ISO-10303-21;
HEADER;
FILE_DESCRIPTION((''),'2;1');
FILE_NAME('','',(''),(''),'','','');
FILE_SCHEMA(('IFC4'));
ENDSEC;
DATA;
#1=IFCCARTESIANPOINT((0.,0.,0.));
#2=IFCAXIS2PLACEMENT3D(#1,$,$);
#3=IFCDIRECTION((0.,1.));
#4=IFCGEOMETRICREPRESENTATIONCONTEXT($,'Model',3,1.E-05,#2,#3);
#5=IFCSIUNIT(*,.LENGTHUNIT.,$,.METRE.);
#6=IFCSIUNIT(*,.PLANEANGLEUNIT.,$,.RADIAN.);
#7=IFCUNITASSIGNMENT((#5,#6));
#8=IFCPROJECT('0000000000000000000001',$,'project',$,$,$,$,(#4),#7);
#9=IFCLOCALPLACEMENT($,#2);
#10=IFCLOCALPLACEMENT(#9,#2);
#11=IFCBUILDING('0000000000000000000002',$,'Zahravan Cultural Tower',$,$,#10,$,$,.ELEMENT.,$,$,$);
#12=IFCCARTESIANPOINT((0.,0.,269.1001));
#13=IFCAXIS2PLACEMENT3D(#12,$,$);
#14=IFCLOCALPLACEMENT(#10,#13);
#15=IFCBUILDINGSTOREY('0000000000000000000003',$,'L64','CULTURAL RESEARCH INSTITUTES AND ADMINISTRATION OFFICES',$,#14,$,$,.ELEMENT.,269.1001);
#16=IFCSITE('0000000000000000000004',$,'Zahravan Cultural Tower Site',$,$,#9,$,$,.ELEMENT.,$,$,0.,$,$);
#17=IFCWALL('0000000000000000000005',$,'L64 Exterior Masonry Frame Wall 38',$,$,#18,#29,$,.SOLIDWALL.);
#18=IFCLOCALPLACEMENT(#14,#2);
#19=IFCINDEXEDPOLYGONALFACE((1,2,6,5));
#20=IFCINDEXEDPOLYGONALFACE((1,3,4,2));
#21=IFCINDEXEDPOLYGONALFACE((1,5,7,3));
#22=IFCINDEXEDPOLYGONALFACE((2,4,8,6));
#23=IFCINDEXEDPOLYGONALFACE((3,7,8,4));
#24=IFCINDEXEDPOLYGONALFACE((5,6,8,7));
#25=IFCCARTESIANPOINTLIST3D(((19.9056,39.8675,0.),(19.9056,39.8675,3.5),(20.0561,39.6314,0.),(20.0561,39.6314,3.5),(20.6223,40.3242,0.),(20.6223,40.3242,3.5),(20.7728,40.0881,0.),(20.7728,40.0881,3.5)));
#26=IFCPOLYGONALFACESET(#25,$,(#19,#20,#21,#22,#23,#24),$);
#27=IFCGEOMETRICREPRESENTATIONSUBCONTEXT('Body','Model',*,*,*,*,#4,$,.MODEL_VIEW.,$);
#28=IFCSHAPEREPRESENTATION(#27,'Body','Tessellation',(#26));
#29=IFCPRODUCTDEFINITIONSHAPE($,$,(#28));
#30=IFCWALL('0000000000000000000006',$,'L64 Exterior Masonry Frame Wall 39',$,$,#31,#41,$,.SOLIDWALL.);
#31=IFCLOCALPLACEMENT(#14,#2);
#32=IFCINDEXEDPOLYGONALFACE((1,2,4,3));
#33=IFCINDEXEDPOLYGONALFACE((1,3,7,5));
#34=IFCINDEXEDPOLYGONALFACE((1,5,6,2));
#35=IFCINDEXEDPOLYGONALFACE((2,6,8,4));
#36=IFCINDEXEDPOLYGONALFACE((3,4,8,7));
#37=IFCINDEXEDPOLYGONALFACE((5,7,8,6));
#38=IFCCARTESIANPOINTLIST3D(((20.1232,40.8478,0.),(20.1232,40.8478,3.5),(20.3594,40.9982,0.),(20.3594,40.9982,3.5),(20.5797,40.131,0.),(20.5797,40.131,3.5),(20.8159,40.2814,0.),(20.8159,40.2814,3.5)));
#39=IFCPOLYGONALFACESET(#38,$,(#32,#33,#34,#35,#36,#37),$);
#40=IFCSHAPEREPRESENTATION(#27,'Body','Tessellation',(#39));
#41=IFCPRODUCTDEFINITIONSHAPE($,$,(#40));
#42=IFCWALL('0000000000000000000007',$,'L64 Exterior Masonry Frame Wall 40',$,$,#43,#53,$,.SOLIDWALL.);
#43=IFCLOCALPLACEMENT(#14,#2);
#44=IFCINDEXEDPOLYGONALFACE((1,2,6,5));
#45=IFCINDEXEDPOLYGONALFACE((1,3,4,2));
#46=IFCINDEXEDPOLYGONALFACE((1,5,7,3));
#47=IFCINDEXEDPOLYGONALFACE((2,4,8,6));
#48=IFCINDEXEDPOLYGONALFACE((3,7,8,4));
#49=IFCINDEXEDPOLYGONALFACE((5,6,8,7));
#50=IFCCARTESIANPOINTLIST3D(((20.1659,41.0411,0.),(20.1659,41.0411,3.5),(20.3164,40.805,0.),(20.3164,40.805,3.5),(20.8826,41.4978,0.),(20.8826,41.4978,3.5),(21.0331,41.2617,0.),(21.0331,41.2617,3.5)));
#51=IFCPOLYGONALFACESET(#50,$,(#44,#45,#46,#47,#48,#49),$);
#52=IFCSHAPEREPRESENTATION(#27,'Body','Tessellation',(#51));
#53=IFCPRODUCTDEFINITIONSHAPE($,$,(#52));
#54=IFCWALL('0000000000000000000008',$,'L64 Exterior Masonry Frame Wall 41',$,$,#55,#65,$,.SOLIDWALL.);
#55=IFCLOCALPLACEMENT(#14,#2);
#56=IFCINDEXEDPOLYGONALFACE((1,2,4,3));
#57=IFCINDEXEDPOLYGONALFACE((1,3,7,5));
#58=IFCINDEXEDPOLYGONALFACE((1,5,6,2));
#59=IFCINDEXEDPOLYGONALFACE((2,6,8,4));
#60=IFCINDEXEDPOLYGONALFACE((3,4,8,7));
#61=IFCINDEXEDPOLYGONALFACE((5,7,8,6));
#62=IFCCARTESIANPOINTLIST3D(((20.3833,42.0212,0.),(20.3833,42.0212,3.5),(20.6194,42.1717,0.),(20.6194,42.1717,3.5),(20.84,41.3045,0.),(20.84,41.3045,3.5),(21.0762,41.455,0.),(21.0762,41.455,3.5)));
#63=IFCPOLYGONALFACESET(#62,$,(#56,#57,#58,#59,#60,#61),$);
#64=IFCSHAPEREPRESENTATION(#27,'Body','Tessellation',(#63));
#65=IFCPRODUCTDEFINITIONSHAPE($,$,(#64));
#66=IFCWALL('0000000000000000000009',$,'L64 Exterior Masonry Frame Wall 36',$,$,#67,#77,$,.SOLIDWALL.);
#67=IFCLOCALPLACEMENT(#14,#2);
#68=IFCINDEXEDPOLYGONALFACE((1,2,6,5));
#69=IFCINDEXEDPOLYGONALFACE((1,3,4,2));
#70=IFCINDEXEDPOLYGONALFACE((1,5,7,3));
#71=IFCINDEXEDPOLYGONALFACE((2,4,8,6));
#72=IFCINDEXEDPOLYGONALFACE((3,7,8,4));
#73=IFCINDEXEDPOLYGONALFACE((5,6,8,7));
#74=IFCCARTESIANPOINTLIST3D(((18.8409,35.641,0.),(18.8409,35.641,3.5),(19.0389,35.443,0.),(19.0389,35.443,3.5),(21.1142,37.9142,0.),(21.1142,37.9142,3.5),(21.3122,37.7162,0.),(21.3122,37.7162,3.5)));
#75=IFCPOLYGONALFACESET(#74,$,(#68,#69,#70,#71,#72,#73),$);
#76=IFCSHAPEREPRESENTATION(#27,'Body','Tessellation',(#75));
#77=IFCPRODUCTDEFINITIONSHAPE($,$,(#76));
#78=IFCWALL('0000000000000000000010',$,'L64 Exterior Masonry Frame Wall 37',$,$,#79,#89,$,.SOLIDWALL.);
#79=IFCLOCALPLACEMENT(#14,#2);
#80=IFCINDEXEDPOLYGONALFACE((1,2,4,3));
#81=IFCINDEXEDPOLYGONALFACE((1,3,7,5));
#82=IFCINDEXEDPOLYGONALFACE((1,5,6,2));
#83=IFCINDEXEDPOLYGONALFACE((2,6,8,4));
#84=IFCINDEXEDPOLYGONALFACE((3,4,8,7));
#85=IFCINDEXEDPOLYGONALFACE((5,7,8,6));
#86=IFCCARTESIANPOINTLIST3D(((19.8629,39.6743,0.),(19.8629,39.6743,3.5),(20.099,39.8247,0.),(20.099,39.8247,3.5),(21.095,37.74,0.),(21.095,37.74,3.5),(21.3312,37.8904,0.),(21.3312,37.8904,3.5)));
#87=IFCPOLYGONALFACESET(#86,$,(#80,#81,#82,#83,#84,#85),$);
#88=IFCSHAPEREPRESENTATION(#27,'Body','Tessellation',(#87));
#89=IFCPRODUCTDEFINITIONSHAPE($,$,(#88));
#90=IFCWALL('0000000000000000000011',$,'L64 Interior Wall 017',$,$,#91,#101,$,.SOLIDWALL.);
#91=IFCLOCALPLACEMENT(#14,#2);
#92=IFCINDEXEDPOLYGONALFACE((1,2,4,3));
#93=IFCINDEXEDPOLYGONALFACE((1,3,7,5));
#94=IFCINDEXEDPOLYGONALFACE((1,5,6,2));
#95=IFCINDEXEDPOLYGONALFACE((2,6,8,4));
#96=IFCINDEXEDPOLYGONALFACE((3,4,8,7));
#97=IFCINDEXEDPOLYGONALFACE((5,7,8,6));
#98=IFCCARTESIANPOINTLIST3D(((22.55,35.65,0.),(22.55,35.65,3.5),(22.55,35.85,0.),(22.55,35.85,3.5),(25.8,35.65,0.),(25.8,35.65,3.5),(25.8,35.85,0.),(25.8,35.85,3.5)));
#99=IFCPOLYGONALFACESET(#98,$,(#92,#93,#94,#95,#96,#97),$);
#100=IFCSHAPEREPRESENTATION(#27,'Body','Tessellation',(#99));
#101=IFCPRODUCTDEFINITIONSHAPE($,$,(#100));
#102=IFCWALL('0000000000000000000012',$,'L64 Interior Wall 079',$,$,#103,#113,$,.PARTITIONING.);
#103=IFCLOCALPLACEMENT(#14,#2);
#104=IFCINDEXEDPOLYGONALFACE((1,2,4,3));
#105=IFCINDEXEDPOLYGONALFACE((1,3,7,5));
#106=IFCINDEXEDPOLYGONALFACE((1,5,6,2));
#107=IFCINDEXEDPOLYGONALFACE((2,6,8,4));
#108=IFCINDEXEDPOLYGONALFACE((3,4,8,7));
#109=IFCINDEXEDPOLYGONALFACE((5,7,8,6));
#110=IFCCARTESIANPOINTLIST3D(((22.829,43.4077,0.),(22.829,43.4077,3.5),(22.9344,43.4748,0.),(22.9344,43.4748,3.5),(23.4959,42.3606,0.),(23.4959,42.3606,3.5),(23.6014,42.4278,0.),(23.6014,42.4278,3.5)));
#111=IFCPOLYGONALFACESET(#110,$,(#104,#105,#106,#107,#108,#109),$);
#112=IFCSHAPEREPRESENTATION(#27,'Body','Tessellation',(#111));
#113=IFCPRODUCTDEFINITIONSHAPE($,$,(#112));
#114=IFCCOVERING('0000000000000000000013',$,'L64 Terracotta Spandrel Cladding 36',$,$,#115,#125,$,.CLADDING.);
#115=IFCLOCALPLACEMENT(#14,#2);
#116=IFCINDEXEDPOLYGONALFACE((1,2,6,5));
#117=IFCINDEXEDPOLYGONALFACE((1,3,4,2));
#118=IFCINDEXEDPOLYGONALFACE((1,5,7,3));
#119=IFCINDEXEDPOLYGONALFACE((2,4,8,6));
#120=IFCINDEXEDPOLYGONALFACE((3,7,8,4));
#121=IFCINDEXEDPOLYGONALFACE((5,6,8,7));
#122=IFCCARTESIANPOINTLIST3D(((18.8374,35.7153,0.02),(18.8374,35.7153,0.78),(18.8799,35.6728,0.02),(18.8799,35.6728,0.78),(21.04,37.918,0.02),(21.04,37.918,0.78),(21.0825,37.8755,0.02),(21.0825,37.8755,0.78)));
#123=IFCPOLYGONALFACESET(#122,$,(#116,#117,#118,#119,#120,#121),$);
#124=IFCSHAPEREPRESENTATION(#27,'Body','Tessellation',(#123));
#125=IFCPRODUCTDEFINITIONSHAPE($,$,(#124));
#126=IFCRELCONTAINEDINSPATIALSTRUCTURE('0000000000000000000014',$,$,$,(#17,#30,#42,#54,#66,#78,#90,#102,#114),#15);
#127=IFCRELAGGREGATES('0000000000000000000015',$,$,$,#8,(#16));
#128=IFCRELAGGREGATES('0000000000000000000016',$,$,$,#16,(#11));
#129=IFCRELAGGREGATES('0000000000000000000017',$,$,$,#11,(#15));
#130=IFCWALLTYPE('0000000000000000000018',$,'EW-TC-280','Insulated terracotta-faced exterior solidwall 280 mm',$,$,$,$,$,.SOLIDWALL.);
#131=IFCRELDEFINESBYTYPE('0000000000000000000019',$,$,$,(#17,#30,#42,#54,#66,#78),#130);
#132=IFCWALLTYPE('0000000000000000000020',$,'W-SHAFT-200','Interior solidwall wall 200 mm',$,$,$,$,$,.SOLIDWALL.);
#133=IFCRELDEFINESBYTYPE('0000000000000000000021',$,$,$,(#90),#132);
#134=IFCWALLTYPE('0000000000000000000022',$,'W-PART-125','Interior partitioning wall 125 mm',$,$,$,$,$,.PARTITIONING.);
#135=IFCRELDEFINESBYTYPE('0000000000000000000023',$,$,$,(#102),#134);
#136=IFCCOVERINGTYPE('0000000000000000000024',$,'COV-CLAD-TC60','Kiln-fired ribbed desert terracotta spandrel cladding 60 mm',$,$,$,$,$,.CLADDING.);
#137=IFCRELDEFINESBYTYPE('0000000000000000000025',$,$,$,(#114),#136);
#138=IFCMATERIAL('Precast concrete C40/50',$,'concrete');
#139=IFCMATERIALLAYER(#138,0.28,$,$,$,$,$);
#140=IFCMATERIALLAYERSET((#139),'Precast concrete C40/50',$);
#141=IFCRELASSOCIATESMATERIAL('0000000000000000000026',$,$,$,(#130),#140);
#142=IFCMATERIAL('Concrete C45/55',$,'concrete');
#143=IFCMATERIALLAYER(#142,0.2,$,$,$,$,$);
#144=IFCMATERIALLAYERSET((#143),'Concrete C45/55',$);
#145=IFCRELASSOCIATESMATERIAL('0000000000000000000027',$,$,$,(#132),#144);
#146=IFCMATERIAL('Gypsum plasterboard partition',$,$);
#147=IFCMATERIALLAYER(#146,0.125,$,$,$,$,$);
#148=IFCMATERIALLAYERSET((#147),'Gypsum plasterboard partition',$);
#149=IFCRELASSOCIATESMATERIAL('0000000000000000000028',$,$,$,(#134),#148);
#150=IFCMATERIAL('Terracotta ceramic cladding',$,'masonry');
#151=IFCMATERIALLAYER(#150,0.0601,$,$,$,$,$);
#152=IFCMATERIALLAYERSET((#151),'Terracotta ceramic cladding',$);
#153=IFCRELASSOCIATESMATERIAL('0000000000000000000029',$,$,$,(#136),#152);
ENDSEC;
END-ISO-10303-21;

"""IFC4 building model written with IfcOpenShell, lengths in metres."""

from ifc_helpers import new_model, si_unit, direction, frame, frame_2d, origin, origin_2d, place, context, subcontext, project, spatial, rectangle, extrude, source, transform, mapped, material, layer, layer_set, type_object, element, save


model = new_model("IFC4")

# Units and contexts
model_context = context("Model", 3, precision=1e-05, world=origin(), true_north=direction((0.0, 1.0)))
body_context = subcontext(model_context, "Body", "Model", "MODEL_VIEW")
ifc_project = project(units=[si_unit("LENGTHUNIT", "METRE"), si_unit("PLANEANGLEUNIT", "RADIAN")], contexts=[model_context])

# Site, building, storey
site_placement = place(None, origin())
site = spatial("IfcSite", under=ifc_project, at=site_placement, Name="Zahravan Cultural Tower Site", CompositionType="ELEMENT", RefElevation=0.0)
building_placement = place(site_placement, origin())
building = spatial("IfcBuilding", under=site, at=building_placement, Name="Zahravan Cultural Tower", CompositionType="ELEMENT")
storey_placement = place(building_placement, frame((0.0, 0.0, 269.1001)))
storey = spatial("IfcBuildingStorey", under=building, at=storey_placement, Name="L64", Description="CULTURAL RESEARCH INSTITUTES AND ADMINISTRATION OFFICES", CompositionType="ELEMENT", Elevation=269.1001)

# Shared definitions
ifc_material_1 = material(Name="Precast concrete C40/50", Category="concrete")
ifc_layer_1 = layer(ifc_material_1, 0.28)
ifc_layer_set_1 = layer_set([ifc_layer_1], Name="Precast concrete C40/50")
wall_type_1 = type_object("IfcWallType", Name="EW-TC-280", Description="Insulated terracotta-faced exterior solidwall 280 mm", PredefinedType="SOLIDWALL", material=ifc_layer_set_1)

# Walls
shared_shape_1 = source(origin(), body_context, "Body", "SweptSolid", [
    extrude(rectangle(XDim=0.8499, YDim=0.28, at=frame_2d((0.4248, 0.0))), origin(), (0.0, 0.0, 1.0), 3.5),
])
for number, where, z_axis, x_axis, name in (
    (1, (19.981, 39.7495, 0.0), (0.0, 0.0, 1.0), (0.843318, 0.537414, 0.0), "L64 Exterior Masonry Frame Wall 38"),
    (2, (20.6978, 40.2063, 0.0), (0.0, 0.0, 1.0), (-0.53721, 0.843448, 0.0), "L64 Exterior Masonry Frame Wall 39"),
    (3, (20.2412, 40.9231, 0.0), (0.0, 0.0, 1.0), (0.843318, 0.537414, 0.0), "L64 Exterior Masonry Frame Wall 40"),
    (4, (20.958, 41.3799, 0.0), (0.0, 0.0, 1.0), (-0.537414, 0.843318, 0.0), "L64 Exterior Masonry Frame Wall 41"),
):
    element("IfcWall", number, at=place(storey_placement, frame(where, z_axis=z_axis, x_axis=x_axis)), inside=storey, type_object=wall_type_1, Name=name, PredefinedType="SOLIDWALL", context=body_context, shape_type="MappedRepresentation", body=[
        mapped(shared_shape_1, transform((0.0, 0.0, 0.0), x_axis=(1.0, 0.0, 0.0), y_axis=(0.0, 1.0, 0.0), z_axis=(0.0, 0.0, 1.0), scale=1.0)),
    ])
shared_shape_2 = source(origin(), body_context, "Body", "SweptSolid", [
    extrude(rectangle(XDim=3.2148, YDim=0.28, at=frame_2d((1.6074, 0.0))), origin(), (0.0, 0.0, 1.0), 3.5),
])
wall_1_placement = place(storey_placement, frame((18.9399, 35.542, 0.0), z_axis=(0.0, 0.0, 1.0), x_axis=(0.707107, 0.707107, 0.0)))
element("IfcWall", 5, at=wall_1_placement, inside=storey, type_object=wall_type_1, Name="L64 Exterior Masonry Frame Wall 36", PredefinedType="SOLIDWALL", context=body_context, shape_type="MappedRepresentation", body=[
    mapped(shared_shape_2, transform((0.0, 0.0, 0.0), x_axis=(1.0, 0.0, 0.0), y_axis=(0.0, 1.0, 0.0), z_axis=(0.0, 0.0, 1.0), scale=1.0)),
])
shared_shape_3 = source(origin(), body_context, "Body", "SweptSolid", [
    extrude(rectangle(XDim=2.2935, YDim=0.28, at=frame_2d((1.1467, 0.0))), origin(), (0.0, 0.0, 1.0), 3.5),
])
wall_2_placement = place(storey_placement, frame((21.2131, 37.8152, 0.0), z_axis=(0.0, 0.0, 1.0), x_axis=(-0.537261, 0.843416, 0.0)))
element("IfcWall", 6, at=wall_2_placement, inside=storey, type_object=wall_type_1, Name="L64 Exterior Masonry Frame Wall 37", PredefinedType="SOLIDWALL", context=body_context, shape_type="MappedRepresentation", body=[
    mapped(shared_shape_3, transform((0.0, 0.0, 0.0), x_axis=(1.0, 0.0, 0.0), y_axis=(0.0, 1.0, 0.0), z_axis=(0.0, 0.0, 1.0), scale=1.0)),
])
ifc_material_2 = material(Name="Concrete C45/55", Category="concrete")
ifc_layer_2 = layer(ifc_material_2, 0.2)
ifc_layer_set_2 = layer_set([ifc_layer_2], Name="Concrete C45/55")
wall_type_2 = type_object("IfcWallType", Name="W-SHAFT-200", Description="Interior solidwall wall 200 mm", PredefinedType="SOLIDWALL", material=ifc_layer_set_2)
shared_shape_4 = source(origin(), body_context, "Body", "SweptSolid", [
    extrude(rectangle(XDim=3.25, YDim=0.2, at=frame_2d((1.625, 0.0))), origin(), (0.0, 0.0, 1.0), 3.5),
])
wall_3_placement = place(storey_placement, frame((22.55, 35.75, 0.0), z_axis=(0.0, 0.0, 1.0), x_axis=(1.0, 0.0, 0.0)))
element("IfcWall", 7, at=wall_3_placement, inside=storey, type_object=wall_type_2, Name="L64 Interior Wall 017", PredefinedType="SOLIDWALL", context=body_context, shape_type="MappedRepresentation", body=[
    mapped(shared_shape_4, transform((0.0, 0.0, 0.0), x_axis=(1.0, 0.0, 0.0), y_axis=(0.0, 1.0, 0.0), z_axis=(0.0, 0.0, 1.0), scale=1.0)),
])
ifc_material_3 = material(Name="Gypsum plasterboard partition")
ifc_layer_3 = layer(ifc_material_3, 0.125)
ifc_layer_set_3 = layer_set([ifc_layer_3], Name="Gypsum plasterboard partition")
wall_type_3 = type_object("IfcWallType", Name="W-PART-125", Description="Interior partitioning wall 125 mm", PredefinedType="PARTITIONING", material=ifc_layer_set_3)
shared_shape_5 = source(origin(), body_context, "Body", "SweptSolid", [
    extrude(rectangle(XDim=1.2415, YDim=0.125, at=frame_2d((0.6206, 0.0))), origin(), (0.0, 0.0, 1.0), 3.5),
])
wall_4_placement = place(storey_placement, frame((23.5486, 42.3943, 0.0), z_axis=(0.0, 0.0, 1.0), x_axis=(-0.537244, 0.843427, 0.0)))
element("IfcWall", 8, at=wall_4_placement, inside=storey, type_object=wall_type_3, Name="L64 Interior Wall 079", PredefinedType="PARTITIONING", context=body_context, shape_type="MappedRepresentation", body=[
    mapped(shared_shape_5, transform((0.0, 0.0, 0.0), x_axis=(1.0, 0.0, 0.0), y_axis=(0.0, 1.0, 0.0), z_axis=(0.0, 0.0, 1.0), scale=1.0)),
])

# Covering
ifc_material_4 = material(Name="Terracotta ceramic cladding", Category="masonry")
ifc_layer_4 = layer(ifc_material_4, 0.0601)
ifc_layer_set_4 = layer_set([ifc_layer_4], Name="Terracotta ceramic cladding")
covering_type = type_object("IfcCoveringType", Name="COV-CLAD-TC60", Description="Kiln-fired ribbed desert terracotta spandrel cladding 60 mm", PredefinedType="CLADDING", material=ifc_layer_set_4)
shared_shape_6 = source(origin(), body_context, "Body", "SweptSolid", [
    extrude(rectangle(XDim=3.115, YDim=0.0601, at=origin_2d()), origin(), (0.0, 0.0, 1.0), 0.76),
])
covering_placement = place(storey_placement, frame((19.96, 36.7954, 0.02), z_axis=(0.0, 0.0, 1.0), x_axis=(0.707094, 0.707119, 0.0)))
element("IfcCovering", 9, at=covering_placement, inside=storey, type_object=covering_type, Name="L64 Terracotta Spandrel Cladding 36", PredefinedType="CLADDING", context=body_context, shape_type="MappedRepresentation", body=[
    mapped(shared_shape_6, transform((0.0, 0.0, 0.0), x_axis=(1.0, 0.0, 0.0), y_axis=(0.0, 1.0, 0.0), z_axis=(0.0, 0.0, 1.0), scale=1.0)),
])

save(model, "model.ifc")
